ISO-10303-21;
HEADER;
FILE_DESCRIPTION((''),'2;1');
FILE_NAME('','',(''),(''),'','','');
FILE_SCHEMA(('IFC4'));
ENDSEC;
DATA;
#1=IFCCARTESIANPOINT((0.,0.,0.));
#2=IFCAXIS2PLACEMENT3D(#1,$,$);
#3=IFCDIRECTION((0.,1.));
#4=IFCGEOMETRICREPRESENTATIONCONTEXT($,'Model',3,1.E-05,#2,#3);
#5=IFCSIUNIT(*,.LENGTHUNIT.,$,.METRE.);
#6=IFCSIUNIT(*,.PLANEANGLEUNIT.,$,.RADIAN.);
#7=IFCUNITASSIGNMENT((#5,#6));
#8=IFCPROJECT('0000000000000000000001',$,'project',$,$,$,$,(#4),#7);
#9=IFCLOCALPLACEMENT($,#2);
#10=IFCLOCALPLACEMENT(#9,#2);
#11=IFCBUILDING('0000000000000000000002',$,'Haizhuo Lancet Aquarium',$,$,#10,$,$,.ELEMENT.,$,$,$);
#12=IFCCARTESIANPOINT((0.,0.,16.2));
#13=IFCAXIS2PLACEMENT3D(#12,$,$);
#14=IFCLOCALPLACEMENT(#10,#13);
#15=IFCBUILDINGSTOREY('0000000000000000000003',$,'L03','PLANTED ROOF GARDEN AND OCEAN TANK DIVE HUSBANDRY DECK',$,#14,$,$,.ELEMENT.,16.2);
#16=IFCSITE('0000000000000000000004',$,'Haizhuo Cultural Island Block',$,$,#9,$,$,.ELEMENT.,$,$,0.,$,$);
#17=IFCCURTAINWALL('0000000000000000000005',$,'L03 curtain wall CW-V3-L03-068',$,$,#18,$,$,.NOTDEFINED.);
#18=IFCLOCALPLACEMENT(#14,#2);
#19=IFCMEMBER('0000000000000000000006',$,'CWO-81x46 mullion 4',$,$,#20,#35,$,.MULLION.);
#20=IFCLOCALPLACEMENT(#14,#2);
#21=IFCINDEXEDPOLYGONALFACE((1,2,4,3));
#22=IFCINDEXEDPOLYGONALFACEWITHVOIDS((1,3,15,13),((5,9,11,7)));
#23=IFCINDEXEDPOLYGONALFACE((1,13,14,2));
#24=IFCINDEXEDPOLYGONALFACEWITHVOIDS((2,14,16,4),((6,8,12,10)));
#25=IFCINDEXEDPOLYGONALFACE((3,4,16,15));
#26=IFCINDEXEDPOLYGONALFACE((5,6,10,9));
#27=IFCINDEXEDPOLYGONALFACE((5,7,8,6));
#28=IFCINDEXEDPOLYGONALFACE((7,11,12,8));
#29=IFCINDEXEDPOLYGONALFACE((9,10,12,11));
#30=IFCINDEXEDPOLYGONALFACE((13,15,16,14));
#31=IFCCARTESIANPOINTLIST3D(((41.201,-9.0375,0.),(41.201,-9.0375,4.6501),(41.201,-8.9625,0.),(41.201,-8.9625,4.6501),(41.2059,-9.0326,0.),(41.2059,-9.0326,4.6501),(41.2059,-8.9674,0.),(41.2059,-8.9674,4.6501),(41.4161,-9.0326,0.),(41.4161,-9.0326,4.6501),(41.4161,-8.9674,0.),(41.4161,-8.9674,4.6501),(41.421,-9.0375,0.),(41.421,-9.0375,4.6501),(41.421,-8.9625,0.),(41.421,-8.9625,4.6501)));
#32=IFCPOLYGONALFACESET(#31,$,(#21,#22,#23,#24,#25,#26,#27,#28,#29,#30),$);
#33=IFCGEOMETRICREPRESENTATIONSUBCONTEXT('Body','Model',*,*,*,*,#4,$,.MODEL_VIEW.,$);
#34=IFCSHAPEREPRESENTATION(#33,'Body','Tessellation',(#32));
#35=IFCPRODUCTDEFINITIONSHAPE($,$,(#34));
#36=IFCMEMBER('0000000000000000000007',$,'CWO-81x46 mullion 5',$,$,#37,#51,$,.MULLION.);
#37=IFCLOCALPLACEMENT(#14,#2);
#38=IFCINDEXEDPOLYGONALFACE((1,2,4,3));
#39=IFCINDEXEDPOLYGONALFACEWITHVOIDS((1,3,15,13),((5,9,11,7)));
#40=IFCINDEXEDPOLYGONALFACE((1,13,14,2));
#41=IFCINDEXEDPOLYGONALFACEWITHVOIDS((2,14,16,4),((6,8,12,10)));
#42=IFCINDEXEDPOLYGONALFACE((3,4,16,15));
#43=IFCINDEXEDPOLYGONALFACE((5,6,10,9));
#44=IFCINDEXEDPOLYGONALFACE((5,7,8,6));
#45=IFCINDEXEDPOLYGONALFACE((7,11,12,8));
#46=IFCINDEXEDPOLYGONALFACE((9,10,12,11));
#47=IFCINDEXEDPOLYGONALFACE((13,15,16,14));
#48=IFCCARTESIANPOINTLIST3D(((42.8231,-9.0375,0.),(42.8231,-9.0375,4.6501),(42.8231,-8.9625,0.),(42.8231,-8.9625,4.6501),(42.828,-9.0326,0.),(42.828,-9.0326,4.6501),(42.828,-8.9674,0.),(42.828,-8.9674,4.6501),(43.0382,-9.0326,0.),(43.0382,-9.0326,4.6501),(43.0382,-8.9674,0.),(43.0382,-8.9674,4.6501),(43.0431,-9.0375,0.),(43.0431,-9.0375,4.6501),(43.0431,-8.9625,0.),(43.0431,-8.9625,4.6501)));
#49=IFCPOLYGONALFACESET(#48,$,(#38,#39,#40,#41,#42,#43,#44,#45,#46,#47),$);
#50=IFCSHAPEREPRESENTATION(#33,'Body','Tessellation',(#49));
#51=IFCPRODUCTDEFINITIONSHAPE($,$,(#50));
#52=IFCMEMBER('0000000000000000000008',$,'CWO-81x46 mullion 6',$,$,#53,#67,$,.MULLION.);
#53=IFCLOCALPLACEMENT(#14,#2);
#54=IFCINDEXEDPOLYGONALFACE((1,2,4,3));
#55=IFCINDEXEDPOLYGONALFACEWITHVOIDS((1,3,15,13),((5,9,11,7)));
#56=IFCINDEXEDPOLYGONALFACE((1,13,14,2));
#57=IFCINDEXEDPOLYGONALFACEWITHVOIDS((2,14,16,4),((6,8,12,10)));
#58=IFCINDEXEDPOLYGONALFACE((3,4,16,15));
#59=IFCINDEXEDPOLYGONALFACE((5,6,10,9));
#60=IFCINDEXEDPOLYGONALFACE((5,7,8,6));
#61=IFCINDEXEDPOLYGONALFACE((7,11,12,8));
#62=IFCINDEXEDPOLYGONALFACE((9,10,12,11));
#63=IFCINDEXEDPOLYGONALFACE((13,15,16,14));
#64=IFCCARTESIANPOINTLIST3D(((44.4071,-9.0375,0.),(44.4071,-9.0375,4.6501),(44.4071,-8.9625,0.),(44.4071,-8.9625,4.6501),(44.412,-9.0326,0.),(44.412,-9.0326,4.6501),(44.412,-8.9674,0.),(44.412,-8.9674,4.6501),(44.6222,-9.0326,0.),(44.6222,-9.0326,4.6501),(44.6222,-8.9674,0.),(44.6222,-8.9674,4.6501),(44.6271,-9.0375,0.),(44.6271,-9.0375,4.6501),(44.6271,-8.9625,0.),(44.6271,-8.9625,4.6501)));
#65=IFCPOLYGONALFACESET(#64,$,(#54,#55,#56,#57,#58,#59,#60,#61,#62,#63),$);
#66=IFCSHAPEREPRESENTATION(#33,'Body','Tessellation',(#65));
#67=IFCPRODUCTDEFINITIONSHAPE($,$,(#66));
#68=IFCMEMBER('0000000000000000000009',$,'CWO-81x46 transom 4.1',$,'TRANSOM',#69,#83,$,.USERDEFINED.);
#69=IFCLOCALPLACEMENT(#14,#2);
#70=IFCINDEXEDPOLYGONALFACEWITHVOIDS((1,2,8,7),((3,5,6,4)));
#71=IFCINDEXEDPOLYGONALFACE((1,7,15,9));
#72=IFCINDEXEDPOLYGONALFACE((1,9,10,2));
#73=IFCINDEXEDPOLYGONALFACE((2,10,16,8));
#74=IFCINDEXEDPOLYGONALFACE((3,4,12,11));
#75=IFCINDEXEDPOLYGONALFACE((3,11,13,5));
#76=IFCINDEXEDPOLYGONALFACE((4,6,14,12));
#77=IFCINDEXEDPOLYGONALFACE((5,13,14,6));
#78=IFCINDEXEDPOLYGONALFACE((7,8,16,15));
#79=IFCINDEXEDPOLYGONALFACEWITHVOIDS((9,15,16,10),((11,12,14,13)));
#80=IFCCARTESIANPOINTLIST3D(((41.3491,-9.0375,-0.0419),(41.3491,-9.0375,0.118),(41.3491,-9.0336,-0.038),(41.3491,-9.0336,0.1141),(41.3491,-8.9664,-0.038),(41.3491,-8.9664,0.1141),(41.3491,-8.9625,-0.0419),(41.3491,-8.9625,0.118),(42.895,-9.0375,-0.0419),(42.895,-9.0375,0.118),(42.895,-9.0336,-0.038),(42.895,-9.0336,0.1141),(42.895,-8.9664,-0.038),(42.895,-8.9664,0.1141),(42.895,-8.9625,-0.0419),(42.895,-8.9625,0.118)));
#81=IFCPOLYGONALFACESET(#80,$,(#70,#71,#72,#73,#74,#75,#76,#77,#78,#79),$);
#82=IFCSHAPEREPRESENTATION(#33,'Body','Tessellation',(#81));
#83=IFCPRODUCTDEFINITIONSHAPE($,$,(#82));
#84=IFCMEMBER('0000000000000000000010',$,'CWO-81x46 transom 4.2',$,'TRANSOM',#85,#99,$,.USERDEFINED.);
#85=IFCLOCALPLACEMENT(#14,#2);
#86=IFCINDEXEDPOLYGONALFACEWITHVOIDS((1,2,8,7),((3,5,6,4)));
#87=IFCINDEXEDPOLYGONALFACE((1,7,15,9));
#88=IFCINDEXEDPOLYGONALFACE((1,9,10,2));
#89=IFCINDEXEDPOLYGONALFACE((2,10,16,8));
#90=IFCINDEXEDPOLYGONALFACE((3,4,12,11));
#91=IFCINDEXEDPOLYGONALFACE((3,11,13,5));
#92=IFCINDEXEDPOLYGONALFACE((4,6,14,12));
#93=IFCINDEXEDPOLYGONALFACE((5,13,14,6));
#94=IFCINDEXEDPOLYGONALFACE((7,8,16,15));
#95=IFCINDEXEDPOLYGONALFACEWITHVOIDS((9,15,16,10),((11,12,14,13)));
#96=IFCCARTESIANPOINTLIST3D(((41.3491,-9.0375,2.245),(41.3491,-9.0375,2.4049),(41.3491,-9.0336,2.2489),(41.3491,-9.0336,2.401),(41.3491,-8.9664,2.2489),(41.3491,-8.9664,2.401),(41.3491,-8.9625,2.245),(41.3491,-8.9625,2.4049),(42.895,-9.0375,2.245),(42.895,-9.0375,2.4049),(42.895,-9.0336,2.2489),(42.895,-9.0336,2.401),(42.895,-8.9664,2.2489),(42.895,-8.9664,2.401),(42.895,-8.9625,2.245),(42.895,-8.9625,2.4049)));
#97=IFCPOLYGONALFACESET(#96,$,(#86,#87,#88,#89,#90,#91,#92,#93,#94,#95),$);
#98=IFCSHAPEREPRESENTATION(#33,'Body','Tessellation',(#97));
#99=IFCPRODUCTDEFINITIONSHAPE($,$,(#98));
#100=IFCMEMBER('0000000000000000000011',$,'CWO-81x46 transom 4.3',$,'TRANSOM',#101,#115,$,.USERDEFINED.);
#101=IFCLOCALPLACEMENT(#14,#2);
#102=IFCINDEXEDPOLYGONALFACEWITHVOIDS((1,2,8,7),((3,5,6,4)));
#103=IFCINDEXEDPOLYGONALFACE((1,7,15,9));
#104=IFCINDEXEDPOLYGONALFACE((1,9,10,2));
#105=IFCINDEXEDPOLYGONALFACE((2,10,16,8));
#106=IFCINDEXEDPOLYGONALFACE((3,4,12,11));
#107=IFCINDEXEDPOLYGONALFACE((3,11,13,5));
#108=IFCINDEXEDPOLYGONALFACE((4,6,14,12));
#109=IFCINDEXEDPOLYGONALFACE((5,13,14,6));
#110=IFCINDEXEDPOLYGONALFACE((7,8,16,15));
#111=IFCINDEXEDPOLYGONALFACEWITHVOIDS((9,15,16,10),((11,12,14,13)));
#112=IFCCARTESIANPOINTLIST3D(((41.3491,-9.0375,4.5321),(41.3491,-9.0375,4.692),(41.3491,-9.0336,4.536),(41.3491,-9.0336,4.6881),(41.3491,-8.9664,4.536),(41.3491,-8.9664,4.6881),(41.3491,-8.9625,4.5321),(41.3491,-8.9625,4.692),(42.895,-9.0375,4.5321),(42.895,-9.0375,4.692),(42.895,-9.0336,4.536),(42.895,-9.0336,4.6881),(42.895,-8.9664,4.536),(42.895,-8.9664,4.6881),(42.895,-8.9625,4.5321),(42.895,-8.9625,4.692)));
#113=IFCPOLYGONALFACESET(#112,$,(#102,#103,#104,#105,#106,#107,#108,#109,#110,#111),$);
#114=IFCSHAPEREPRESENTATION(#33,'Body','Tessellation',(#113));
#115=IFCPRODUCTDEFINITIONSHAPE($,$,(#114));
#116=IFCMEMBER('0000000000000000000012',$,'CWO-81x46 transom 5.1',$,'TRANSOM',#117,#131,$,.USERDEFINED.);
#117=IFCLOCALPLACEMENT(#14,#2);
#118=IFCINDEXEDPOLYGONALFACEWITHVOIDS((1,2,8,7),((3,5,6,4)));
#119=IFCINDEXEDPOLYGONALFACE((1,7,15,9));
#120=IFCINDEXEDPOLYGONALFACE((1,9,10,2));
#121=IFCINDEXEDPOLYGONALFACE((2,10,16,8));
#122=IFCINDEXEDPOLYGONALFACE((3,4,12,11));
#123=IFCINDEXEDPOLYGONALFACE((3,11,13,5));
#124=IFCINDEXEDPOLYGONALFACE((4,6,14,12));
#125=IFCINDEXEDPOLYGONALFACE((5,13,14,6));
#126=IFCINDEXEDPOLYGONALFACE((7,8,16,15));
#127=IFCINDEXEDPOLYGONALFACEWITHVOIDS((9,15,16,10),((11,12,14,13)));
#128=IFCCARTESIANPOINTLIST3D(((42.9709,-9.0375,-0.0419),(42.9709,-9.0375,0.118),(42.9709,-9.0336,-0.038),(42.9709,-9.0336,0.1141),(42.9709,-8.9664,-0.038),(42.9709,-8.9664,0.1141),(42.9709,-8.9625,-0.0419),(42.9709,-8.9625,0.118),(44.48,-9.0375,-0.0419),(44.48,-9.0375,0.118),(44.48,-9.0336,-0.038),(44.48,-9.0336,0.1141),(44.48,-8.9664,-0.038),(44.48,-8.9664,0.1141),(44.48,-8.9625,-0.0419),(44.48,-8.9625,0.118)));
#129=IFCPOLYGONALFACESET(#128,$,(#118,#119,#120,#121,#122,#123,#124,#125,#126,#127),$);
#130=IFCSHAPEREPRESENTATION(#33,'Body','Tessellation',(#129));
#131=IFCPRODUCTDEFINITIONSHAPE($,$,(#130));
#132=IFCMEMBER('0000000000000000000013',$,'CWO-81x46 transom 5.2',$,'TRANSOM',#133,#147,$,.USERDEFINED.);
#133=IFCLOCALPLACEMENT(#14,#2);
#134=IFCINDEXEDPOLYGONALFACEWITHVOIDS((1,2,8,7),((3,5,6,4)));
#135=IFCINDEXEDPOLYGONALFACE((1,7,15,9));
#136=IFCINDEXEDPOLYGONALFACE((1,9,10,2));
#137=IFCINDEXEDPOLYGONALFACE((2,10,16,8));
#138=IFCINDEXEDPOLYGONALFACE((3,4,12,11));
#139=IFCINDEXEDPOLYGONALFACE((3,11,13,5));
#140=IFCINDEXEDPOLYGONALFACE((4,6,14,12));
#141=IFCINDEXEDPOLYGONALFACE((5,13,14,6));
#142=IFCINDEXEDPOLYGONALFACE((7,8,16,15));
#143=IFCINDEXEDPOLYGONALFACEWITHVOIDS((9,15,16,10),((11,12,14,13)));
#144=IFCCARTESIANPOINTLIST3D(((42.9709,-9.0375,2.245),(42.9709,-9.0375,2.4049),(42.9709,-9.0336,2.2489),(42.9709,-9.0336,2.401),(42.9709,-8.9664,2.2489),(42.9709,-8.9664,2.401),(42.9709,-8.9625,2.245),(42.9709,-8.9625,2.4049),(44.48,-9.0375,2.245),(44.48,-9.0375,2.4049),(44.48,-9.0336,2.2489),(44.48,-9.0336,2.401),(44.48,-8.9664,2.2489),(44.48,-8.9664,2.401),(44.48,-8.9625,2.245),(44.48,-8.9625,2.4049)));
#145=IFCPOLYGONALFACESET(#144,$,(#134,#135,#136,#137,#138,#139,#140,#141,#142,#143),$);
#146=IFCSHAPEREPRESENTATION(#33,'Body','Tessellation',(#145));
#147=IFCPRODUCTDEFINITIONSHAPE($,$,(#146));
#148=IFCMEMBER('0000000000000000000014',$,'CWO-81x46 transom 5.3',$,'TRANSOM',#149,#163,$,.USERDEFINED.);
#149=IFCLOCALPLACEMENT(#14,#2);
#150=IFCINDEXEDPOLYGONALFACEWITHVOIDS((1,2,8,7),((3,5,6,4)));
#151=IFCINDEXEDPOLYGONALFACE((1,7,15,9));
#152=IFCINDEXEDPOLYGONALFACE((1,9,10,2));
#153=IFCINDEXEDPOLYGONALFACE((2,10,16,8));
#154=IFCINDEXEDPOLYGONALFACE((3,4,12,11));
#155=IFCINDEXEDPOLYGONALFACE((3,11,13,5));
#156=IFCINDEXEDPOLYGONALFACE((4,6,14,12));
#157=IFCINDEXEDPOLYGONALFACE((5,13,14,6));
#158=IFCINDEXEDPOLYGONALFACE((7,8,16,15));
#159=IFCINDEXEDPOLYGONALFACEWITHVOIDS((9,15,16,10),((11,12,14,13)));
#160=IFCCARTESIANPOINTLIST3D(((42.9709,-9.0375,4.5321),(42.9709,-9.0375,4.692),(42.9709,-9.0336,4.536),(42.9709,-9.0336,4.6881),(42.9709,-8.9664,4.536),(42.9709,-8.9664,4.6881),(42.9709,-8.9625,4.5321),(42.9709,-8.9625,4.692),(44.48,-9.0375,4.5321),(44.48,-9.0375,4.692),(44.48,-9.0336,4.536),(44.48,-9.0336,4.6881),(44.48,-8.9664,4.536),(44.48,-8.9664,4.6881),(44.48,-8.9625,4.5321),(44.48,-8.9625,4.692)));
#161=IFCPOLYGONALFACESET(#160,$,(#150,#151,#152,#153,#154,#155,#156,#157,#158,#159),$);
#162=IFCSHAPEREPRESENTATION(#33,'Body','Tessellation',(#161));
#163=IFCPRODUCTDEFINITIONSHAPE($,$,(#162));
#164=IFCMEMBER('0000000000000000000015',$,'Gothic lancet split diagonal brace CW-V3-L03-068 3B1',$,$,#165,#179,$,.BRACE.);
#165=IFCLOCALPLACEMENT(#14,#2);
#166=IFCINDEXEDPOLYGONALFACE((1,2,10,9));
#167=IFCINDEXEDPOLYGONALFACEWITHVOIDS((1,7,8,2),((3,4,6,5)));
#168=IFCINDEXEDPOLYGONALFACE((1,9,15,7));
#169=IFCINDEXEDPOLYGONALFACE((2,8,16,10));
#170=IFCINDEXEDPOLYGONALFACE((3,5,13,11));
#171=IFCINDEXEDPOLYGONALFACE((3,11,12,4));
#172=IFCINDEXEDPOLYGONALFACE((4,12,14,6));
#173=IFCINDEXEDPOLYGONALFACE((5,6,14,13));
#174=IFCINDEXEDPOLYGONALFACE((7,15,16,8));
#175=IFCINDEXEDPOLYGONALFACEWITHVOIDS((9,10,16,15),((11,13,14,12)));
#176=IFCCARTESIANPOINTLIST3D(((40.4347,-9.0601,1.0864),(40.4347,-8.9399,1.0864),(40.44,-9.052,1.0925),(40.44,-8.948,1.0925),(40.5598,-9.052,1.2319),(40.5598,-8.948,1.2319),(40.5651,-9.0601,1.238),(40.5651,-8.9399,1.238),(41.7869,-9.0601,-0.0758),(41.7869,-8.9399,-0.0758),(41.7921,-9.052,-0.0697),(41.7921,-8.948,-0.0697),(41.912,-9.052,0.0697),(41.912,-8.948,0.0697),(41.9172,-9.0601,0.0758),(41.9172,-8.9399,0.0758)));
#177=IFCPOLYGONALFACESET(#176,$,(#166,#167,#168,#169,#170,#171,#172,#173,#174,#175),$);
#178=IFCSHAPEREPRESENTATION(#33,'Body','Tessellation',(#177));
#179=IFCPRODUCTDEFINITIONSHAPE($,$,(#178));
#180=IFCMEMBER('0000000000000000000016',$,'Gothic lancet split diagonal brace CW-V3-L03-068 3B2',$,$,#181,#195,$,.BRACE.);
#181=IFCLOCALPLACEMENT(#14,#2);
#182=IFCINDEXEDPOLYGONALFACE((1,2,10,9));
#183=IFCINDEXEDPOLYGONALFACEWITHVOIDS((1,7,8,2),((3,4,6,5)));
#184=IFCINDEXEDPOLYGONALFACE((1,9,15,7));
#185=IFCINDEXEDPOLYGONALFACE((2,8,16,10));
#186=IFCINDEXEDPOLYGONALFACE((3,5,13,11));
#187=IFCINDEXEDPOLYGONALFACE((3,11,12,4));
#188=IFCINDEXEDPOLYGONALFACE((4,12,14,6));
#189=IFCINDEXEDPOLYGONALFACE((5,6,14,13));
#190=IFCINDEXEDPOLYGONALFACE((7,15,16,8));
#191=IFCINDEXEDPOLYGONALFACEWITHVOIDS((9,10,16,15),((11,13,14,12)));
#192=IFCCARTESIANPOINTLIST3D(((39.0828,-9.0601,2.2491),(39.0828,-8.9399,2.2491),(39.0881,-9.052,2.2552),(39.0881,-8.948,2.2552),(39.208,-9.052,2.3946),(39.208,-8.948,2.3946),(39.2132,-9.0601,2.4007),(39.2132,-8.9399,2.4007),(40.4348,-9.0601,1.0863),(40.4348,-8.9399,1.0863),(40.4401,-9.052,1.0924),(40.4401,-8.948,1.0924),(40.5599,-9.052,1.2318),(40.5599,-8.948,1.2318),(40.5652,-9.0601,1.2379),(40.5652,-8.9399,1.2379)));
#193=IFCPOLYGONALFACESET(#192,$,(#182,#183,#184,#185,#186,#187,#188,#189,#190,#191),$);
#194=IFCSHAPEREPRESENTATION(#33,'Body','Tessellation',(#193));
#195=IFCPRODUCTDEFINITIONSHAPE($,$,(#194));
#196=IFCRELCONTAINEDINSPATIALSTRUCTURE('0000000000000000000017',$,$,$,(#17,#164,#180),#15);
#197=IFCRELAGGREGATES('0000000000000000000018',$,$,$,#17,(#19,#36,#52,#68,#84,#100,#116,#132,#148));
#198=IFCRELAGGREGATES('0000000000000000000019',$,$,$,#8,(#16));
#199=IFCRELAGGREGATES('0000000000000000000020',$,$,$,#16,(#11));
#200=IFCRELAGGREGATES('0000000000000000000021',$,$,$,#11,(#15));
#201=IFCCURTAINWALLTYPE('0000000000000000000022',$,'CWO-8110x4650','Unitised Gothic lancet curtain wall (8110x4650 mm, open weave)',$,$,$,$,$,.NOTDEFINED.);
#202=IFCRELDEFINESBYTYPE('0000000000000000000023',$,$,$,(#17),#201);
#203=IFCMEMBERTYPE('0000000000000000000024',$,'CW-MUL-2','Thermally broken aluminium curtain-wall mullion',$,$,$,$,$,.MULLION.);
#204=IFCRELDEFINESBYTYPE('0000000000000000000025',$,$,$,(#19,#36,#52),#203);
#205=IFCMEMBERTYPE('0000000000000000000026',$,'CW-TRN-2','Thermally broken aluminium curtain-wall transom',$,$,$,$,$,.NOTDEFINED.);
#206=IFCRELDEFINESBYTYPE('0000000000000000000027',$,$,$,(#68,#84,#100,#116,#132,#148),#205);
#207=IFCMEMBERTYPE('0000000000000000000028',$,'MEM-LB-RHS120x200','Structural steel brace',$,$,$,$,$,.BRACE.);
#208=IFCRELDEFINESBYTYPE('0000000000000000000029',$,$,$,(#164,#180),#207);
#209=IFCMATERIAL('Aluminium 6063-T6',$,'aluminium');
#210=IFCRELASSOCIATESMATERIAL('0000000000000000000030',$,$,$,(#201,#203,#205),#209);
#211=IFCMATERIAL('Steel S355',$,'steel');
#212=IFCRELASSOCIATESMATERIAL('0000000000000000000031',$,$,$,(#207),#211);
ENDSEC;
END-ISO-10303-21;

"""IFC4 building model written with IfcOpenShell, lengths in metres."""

from ifc_helpers import new_model, si_unit, direction, frame, origin, origin_2d, place, context, subcontext, project, spatial, hollow_rectangle, extrude, material, material_profile, profile_set, type_object, element, aggregate, save


model = new_model("IFC4")

# Units and contexts
model_context = context("Model", 3, precision=1e-05, world=origin(), true_north=direction((0.0, 1.0)))
body_context = subcontext(model_context, "Body", "Model", "MODEL_VIEW")
ifc_project = project(units=[si_unit("LENGTHUNIT", "METRE"), si_unit("PLANEANGLEUNIT", "RADIAN")], contexts=[model_context])

# Site, building, storey
site_placement = place(None, origin())
site = spatial("IfcSite", under=ifc_project, at=site_placement, Name="Haizhuo Cultural Island Block", CompositionType="ELEMENT", RefElevation=0.0)
building_placement = place(site_placement, origin())
building = spatial("IfcBuilding", under=site, at=building_placement, Name="Haizhuo Lancet Aquarium", CompositionType="ELEMENT")
storey_placement = place(building_placement, frame((0.0, 0.0, 16.2)))
storey = spatial("IfcBuildingStorey", under=building, at=storey_placement, Name="L03", Description="PLANTED ROOF GARDEN AND OCEAN TANK DIVE HUSBANDRY DECK", CompositionType="ELEMENT", Elevation=16.2)

# Curtain wall, members
ifc_material_1 = material(Name="Aluminium 6063-T6", Category="aluminium")
curtain_wall_type = type_object("IfcCurtainWallType", Name="CWO-8110x4650", Description="Unitised Gothic lancet curtain wall (8110x4650 mm, open weave)", PredefinedType="NOTDEFINED", material=ifc_material_1)
curtain_wall_placement = place(storey_placement, origin())
curtain_wall = element("IfcCurtainWall", 1, at=curtain_wall_placement, inside=storey, type_object=curtain_wall_type, Name="L03 curtain wall CW-V3-L03-068", PredefinedType="NOTDEFINED")
ifc_material_profile_1 = material_profile(ifc_material_1, hollow_rectangle(XDim=0.075, YDim=0.22, WallThickness=0.0049, at=origin_2d()), Name="ALU-M 75x220x5")
ifc_profile_set_1 = profile_set([ifc_material_profile_1], Name="Aluminium 6063-T6")
member_type_1 = type_object("IfcMemberType", Name="CW-MUL-2", Description="Thermally broken aluminium curtain-wall mullion", PredefinedType="MULLION", material=ifc_profile_set_1)
member_1_placement = place(storey_placement, frame((41.311, -9.0, 0.0), z_axis=(0.0, 0.0, 1.0), x_axis=(0.0, 1.0, 0.0)))
member_1 = element("IfcMember", 2, at=member_1_placement, type_object=member_type_1, Name="CWO-81x46 mullion 4", PredefinedType="MULLION", context=body_context, shape_type="SweptSolid", body=[
    extrude(hollow_rectangle(XDim=0.075, YDim=0.22, WallThickness=0.0049, at=origin_2d()), origin(), (0.0, 0.0, 1.0), 4.6501),
])
member_2_placement = place(storey_placement, frame((42.9331, -9.0, 0.0), z_axis=(0.0, 0.0, 1.0), x_axis=(0.0, 1.0, 0.0)))
member_2 = element("IfcMember", 3, at=member_2_placement, type_object=member_type_1, Name="CWO-81x46 mullion 5", PredefinedType="MULLION", context=body_context, shape_type="SweptSolid", body=[
    extrude(hollow_rectangle(XDim=0.075, YDim=0.22, WallThickness=0.0049, at=origin_2d()), origin(), (0.0, 0.0, 1.0), 4.6501),
])
member_3_placement = place(storey_placement, frame((44.5171, -9.0, 0.0), z_axis=(0.0, 0.0, 1.0), x_axis=(0.0, 1.0, 0.0)))
member_3 = element("IfcMember", 4, at=member_3_placement, type_object=member_type_1, Name="CWO-81x46 mullion 6", PredefinedType="MULLION", context=body_context, shape_type="SweptSolid", body=[
    extrude(hollow_rectangle(XDim=0.075, YDim=0.22, WallThickness=0.0049, at=origin_2d()), origin(), (0.0, 0.0, 1.0), 4.6501),
])
ifc_material_profile_2 = material_profile(ifc_material_1, hollow_rectangle(XDim=0.075, YDim=0.1599, WallThickness=0.0039, at=origin_2d()), Name="ALU-T 75x160x4")
ifc_profile_set_2 = profile_set([ifc_material_profile_2], Name="Aluminium 6063-T6")
member_type_2 = type_object("IfcMemberType", Name="CW-TRN-2", Description="Thermally broken aluminium curtain-wall transom", PredefinedType="NOTDEFINED", material=ifc_profile_set_2)
member_4_placement = place(storey_placement, frame((41.3491, -9.0, 0.0381), z_axis=(1.0, 0.0, 0.0), x_axis=(0.0, 1.0, 0.0)))
member_4 = element("IfcMember", 5, at=member_4_placement, type_object=member_type_2, Name="CWO-81x46 transom 4.1", ObjectType="TRANSOM", PredefinedType="USERDEFINED", context=body_context, shape_type="SweptSolid", body=[
    extrude(hollow_rectangle(XDim=0.075, YDim=0.1599, WallThickness=0.0039, at=origin_2d()), origin(), (0.0, 0.0, 1.0), 1.5459),
])
member_5_placement = place(storey_placement, frame((41.3491, -9.0, 2.325), z_axis=(1.0, 0.0, 0.0), x_axis=(0.0, 1.0, 0.0)))
member_5 = element("IfcMember", 6, at=member_5_placement, type_object=member_type_2, Name="CWO-81x46 transom 4.2", ObjectType="TRANSOM", PredefinedType="USERDEFINED", context=body_context, shape_type="SweptSolid", body=[
    extrude(hollow_rectangle(XDim=0.075, YDim=0.1599, WallThickness=0.0039, at=origin_2d()), origin(), (0.0, 0.0, 1.0), 1.5459),
])
member_6_placement = place(storey_placement, frame((41.3491, -9.0, 4.6121), z_axis=(1.0, 0.0, 0.0), x_axis=(0.0, 1.0, 0.0)))
member_6 = element("IfcMember", 7, at=member_6_placement, type_object=member_type_2, Name="CWO-81x46 transom 4.3", ObjectType="TRANSOM", PredefinedType="USERDEFINED", context=body_context, shape_type="SweptSolid", body=[
    extrude(hollow_rectangle(XDim=0.075, YDim=0.1599, WallThickness=0.0039, at=origin_2d()), origin(), (0.0, 0.0, 1.0), 1.5459),
])
member_7_placement = place(storey_placement, frame((42.9709, -9.0, 0.0381), z_axis=(1.0, 0.0, 0.0), x_axis=(0.0, 1.0, 0.0)))
member_7 = element("IfcMember", 8, at=member_7_placement, type_object=member_type_2, Name="CWO-81x46 transom 5.1", ObjectType="TRANSOM", PredefinedType="USERDEFINED", context=body_context, shape_type="SweptSolid", body=[
    extrude(hollow_rectangle(XDim=0.075, YDim=0.1599, WallThickness=0.0039, at=origin_2d()), origin(), (0.0, 0.0, 1.0), 1.509),
])
member_8_placement = place(storey_placement, frame((42.9709, -9.0, 2.325), z_axis=(1.0, 0.0, 0.0), x_axis=(0.0, 1.0, 0.0)))
member_8 = element("IfcMember", 9, at=member_8_placement, type_object=member_type_2, Name="CWO-81x46 transom 5.2", ObjectType="TRANSOM", PredefinedType="USERDEFINED", context=body_context, shape_type="SweptSolid", body=[
    extrude(hollow_rectangle(XDim=0.075, YDim=0.1599, WallThickness=0.0039, at=origin_2d()), origin(), (0.0, 0.0, 1.0), 1.509),
])
member_9_placement = place(storey_placement, frame((42.9709, -9.0, 4.6121), z_axis=(1.0, 0.0, 0.0), x_axis=(0.0, 1.0, 0.0)))
member_9 = element("IfcMember", 10, at=member_9_placement, type_object=member_type_2, Name="CWO-81x46 transom 5.3", ObjectType="TRANSOM", PredefinedType="USERDEFINED", context=body_context, shape_type="SweptSolid", body=[
    extrude(hollow_rectangle(XDim=0.075, YDim=0.1599, WallThickness=0.0039, at=origin_2d()), origin(), (0.0, 0.0, 1.0), 1.509),
])

# Members
ifc_material_2 = material(Name="Steel S355", Category="steel")
ifc_material_profile_3 = material_profile(ifc_material_2, hollow_rectangle(XDim=0.1201, YDim=0.2, WallThickness=0.0081, at=origin_2d()), Name="RHS 120x200x8")
ifc_profile_set_3 = profile_set([ifc_material_profile_3], Name="Steel S355")
member_type_3 = type_object("IfcMemberType", Name="MEM-LB-RHS120x200", Description="Structural steel brace", PredefinedType="BRACE", material=ifc_profile_set_3)
member_10_placement = place(storey_placement, frame((41.8521, -9.0, 0.0), z_axis=(-0.758367, 0.0, 0.651828), x_axis=(0.0, -1.0, 0.0)))
element("IfcMember", 11, at=member_10_placement, inside=storey, type_object=member_type_3, Name="Gothic lancet split diagonal brace CW-V3-L03-068 3B1", PredefinedType="BRACE", context=body_context, shape_type="SweptSolid", body=[
    extrude(hollow_rectangle(XDim=0.1201, YDim=0.2, WallThickness=0.0081, at=origin_2d()), origin(), (0.0, 0.0, 1.0), 1.783),
])
member_11_placement = place(storey_placement, frame((40.5, -9.0, 1.1621), z_axis=(-0.758164, 0.0, 0.652064), x_axis=(0.0, -1.0, 0.0)))
element("IfcMember", 12, at=member_11_placement, inside=storey, type_object=member_type_3, Name="Gothic lancet split diagonal brace CW-V3-L03-068 3B2", PredefinedType="BRACE", context=body_context, shape_type="SweptSolid", body=[
    extrude(hollow_rectangle(XDim=0.1201, YDim=0.2, WallThickness=0.0081, at=origin_2d()), origin(), (0.0, 0.0, 1.0), 1.7832),
])

aggregate(curtain_wall, [member_1, member_2, member_3, member_4, member_5, member_6, member_7, member_8, member_9])

save(model, "model.ifc")
